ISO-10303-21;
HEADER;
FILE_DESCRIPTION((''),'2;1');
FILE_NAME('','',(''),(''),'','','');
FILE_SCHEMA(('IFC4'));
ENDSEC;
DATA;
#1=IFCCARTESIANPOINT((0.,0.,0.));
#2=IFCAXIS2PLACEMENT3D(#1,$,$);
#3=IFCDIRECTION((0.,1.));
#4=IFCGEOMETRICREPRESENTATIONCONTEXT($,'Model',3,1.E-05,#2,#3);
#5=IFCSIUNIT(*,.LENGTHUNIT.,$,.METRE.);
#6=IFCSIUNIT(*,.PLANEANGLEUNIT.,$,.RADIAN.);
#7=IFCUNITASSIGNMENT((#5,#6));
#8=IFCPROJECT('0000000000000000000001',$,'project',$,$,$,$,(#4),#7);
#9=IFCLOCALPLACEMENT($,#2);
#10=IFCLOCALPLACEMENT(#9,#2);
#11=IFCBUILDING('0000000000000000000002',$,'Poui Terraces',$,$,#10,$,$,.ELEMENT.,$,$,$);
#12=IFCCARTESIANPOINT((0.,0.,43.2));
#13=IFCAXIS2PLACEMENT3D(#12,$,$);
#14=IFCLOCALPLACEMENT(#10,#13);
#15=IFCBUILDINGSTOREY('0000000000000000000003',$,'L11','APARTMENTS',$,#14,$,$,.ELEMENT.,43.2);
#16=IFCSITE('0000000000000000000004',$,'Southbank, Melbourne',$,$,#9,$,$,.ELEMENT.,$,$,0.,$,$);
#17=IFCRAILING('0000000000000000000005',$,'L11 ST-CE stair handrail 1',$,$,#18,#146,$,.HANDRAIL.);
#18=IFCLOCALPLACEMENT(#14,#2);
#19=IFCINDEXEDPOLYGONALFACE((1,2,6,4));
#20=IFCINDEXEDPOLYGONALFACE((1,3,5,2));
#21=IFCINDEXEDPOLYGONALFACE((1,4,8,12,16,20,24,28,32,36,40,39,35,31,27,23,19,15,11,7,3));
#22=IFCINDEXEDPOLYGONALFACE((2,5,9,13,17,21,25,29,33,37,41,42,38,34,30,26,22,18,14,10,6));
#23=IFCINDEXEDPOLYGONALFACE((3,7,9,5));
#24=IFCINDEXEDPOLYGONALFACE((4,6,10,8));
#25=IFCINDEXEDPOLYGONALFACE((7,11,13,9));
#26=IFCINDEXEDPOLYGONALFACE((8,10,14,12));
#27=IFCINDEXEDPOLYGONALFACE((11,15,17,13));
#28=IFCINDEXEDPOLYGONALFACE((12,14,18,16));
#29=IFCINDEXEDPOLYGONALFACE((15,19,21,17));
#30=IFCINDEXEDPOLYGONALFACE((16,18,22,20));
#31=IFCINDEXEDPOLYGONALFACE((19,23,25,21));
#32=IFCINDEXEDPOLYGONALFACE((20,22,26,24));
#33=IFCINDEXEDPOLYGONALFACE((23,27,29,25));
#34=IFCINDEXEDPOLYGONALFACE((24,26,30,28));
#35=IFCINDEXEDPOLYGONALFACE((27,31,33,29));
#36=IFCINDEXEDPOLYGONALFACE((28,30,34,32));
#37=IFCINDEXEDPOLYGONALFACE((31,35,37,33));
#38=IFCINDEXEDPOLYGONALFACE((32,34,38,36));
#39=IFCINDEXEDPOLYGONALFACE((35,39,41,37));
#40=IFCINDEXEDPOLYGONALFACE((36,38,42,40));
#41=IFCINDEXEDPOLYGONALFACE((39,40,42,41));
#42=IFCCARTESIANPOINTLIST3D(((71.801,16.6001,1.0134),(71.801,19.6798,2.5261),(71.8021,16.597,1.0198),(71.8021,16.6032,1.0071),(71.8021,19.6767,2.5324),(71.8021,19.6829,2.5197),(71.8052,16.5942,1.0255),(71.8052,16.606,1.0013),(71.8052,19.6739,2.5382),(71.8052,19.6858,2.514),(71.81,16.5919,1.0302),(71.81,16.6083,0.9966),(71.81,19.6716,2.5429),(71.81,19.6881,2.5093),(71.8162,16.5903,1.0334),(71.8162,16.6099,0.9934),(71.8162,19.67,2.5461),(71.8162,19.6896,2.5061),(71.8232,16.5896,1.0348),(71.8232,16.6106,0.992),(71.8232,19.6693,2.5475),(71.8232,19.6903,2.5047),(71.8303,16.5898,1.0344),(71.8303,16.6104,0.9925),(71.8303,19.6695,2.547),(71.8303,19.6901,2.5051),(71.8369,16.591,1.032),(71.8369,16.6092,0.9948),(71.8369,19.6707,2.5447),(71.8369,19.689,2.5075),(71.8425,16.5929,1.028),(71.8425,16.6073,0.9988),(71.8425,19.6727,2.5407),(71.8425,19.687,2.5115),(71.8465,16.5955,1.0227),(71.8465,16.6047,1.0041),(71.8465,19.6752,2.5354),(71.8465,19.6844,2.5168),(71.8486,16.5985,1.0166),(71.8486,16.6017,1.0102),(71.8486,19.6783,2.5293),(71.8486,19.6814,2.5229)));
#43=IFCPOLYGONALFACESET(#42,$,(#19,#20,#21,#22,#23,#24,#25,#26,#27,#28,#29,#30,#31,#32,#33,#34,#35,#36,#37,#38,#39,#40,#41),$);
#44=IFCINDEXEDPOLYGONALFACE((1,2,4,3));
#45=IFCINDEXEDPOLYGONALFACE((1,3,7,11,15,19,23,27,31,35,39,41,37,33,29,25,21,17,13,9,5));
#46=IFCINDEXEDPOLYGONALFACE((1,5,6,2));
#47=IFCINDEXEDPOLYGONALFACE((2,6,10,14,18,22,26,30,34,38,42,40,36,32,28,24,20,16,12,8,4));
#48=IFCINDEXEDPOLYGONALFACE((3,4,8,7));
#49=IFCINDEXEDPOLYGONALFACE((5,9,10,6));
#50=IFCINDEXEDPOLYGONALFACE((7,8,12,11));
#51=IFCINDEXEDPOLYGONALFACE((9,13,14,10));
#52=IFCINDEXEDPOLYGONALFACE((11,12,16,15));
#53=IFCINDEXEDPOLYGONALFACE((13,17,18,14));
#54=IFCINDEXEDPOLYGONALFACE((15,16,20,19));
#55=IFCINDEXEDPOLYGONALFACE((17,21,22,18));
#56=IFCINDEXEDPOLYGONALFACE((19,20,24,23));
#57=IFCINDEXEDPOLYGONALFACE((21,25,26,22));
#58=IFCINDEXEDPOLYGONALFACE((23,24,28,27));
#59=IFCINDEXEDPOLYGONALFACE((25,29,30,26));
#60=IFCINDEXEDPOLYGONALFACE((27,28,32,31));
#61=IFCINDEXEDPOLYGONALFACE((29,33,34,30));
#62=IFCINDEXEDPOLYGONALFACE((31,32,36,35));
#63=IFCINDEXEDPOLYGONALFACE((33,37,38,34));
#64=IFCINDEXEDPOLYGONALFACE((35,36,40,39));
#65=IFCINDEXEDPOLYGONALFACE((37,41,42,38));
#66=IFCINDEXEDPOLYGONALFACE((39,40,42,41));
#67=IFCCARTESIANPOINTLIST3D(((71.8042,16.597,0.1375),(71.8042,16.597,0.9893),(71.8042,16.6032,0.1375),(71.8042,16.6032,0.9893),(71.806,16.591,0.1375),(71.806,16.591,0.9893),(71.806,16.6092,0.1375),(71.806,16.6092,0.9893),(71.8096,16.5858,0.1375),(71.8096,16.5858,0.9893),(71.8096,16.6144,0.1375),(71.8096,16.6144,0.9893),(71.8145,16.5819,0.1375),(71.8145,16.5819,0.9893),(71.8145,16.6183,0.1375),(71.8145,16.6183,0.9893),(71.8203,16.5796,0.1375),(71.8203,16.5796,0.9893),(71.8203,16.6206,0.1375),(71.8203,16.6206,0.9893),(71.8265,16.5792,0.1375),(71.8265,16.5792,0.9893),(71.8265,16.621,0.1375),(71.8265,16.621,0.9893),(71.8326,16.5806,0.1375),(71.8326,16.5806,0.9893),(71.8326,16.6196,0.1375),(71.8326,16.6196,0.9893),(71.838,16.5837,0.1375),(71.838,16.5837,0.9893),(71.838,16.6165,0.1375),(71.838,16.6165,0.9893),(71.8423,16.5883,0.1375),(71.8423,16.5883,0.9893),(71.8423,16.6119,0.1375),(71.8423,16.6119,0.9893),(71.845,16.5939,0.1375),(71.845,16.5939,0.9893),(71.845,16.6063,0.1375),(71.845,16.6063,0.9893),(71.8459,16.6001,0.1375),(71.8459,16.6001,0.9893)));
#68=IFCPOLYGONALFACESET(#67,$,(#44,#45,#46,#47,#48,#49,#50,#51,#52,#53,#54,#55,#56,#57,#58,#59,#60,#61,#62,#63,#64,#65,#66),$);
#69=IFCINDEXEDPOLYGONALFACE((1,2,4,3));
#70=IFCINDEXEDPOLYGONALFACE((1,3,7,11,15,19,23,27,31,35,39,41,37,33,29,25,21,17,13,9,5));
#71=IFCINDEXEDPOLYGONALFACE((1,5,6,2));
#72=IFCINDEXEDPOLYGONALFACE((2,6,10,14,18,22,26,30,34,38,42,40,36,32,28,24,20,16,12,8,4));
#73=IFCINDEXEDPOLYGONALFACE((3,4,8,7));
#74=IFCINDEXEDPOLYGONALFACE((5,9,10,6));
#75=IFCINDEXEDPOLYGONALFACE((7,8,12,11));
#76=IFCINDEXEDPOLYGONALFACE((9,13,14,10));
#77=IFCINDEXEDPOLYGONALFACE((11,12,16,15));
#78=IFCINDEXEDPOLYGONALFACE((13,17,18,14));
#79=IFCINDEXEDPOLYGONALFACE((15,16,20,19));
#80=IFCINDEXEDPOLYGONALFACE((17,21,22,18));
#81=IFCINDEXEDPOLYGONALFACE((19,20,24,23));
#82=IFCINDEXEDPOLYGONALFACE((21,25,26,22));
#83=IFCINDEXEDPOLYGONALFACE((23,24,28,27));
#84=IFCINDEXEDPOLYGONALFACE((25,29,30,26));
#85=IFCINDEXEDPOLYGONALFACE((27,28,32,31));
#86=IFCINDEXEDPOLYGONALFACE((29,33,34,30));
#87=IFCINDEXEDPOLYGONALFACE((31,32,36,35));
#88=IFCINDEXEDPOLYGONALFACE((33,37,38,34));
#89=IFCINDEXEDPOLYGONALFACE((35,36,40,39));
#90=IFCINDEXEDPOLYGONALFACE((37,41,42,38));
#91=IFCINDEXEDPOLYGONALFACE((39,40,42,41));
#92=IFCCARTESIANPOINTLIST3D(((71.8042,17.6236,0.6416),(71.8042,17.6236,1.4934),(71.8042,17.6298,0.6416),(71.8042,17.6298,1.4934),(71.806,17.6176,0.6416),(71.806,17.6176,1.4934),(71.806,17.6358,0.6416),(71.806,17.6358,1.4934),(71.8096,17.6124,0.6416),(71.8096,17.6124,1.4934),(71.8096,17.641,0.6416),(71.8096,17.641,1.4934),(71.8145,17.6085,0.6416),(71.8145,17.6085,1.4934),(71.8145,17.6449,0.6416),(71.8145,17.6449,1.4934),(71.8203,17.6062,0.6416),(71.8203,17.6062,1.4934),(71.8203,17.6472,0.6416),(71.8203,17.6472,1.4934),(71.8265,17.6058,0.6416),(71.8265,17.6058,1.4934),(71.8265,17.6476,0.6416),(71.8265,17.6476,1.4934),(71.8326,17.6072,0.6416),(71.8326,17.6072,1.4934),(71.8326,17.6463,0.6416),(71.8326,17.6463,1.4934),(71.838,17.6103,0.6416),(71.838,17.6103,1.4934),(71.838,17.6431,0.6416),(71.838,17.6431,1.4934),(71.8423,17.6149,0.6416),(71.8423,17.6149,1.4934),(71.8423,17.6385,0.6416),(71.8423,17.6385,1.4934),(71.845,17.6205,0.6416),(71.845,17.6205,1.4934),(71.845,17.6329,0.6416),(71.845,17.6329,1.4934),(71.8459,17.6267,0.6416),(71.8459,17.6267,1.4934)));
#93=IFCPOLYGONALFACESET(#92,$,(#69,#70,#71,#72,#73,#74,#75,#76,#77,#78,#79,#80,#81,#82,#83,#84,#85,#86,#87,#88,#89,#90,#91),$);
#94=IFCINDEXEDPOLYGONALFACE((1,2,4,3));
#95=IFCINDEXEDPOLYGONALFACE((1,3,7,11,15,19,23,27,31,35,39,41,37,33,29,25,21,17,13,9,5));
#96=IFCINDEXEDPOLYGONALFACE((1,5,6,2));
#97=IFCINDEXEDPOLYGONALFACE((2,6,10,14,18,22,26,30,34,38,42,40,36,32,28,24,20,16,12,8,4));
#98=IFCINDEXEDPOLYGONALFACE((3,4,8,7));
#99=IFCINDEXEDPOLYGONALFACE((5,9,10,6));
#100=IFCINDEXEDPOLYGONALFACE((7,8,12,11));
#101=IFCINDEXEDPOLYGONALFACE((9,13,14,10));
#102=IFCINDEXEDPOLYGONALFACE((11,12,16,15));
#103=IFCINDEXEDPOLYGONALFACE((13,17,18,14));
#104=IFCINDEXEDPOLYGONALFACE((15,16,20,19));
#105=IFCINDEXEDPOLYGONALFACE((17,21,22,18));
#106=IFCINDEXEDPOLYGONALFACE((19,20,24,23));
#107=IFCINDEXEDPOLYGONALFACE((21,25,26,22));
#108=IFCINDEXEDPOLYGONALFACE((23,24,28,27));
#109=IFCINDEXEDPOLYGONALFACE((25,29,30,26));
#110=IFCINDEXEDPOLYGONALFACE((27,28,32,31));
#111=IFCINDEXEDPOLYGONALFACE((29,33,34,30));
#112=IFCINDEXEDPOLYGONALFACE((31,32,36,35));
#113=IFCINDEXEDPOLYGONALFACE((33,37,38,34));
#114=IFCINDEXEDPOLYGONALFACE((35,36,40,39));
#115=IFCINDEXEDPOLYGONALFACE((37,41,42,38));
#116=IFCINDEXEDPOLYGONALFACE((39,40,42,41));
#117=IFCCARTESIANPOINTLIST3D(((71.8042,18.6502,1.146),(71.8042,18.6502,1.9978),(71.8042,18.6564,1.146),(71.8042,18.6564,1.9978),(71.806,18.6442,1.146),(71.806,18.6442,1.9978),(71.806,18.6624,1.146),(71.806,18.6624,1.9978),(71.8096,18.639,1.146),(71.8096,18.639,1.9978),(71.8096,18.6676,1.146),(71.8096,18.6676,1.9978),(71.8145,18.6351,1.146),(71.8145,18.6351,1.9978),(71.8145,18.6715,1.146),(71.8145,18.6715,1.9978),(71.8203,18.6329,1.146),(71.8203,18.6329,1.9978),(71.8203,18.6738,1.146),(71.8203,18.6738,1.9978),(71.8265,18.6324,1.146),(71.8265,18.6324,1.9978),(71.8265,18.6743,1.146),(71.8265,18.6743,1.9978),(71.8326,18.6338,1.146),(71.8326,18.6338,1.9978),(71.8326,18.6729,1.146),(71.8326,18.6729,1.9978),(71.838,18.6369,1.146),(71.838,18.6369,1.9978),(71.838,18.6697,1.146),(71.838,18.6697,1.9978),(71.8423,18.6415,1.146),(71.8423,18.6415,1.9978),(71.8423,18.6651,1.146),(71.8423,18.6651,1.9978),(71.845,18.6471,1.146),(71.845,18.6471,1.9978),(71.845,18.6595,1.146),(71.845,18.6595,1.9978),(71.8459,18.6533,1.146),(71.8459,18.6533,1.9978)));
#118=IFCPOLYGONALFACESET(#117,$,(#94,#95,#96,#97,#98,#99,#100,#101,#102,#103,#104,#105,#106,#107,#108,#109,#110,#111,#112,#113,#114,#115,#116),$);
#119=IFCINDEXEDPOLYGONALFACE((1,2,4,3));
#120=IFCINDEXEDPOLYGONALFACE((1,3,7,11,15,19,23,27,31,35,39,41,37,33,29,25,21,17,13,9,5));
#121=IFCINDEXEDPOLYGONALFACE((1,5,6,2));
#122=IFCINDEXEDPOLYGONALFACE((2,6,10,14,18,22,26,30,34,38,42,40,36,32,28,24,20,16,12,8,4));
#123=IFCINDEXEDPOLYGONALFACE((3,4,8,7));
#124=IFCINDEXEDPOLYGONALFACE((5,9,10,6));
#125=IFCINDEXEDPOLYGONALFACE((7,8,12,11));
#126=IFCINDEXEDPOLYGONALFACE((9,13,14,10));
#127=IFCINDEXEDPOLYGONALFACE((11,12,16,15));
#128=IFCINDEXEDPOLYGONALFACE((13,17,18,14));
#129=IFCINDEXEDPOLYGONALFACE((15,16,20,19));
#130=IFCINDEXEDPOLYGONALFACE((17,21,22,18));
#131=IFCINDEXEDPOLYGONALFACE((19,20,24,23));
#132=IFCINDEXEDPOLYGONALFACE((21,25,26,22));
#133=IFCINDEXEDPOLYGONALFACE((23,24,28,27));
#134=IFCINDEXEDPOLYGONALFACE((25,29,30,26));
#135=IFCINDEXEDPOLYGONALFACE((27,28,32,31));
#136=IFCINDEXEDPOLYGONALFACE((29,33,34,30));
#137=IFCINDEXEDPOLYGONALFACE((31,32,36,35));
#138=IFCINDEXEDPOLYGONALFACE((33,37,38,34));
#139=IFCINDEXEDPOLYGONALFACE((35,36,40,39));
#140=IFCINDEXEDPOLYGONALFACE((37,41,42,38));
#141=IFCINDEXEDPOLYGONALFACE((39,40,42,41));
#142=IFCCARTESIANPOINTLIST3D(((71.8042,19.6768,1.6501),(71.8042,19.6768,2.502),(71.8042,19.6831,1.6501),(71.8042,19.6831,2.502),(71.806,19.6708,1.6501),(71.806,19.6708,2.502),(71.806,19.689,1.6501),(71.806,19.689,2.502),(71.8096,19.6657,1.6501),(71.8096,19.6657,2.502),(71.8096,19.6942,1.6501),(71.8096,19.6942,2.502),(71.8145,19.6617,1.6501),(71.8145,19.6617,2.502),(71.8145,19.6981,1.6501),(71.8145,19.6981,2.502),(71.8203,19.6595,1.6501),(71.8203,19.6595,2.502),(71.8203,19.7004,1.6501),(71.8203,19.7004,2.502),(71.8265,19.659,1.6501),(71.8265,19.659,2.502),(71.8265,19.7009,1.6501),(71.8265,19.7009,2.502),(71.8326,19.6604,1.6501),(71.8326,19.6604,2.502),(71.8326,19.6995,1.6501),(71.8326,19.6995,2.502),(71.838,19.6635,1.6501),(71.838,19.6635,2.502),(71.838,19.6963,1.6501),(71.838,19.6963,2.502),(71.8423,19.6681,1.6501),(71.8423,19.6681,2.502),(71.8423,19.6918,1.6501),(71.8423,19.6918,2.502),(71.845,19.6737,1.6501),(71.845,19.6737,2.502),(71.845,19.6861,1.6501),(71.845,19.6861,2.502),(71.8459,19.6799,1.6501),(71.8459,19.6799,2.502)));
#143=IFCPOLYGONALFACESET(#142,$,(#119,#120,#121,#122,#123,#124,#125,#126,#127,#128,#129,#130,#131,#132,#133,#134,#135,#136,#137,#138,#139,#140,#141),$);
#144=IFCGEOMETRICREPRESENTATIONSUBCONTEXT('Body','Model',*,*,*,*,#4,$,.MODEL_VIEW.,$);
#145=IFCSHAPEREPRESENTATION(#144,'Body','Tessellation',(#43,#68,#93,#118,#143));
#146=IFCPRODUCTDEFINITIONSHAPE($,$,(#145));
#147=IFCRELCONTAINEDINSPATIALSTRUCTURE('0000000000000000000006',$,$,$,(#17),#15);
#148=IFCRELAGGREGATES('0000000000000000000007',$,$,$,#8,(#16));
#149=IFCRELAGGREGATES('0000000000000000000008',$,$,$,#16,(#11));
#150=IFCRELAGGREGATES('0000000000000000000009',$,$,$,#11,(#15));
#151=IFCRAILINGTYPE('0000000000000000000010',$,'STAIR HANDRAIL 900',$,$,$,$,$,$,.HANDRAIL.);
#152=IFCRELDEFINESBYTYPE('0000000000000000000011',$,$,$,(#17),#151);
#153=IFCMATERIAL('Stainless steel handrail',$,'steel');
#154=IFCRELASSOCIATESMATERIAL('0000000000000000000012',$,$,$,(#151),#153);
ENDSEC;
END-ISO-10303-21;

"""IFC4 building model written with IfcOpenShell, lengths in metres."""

from ifc_helpers import new_model, si_unit, direction, frame, origin, origin_2d, place, context, subcontext, project, spatial, circle, extrude, material, type_object, element, save


model = new_model("IFC4")

# Units and contexts
model_context = context("Model", 3, precision=1e-05, world=origin(), true_north=direction((0.0, 1.0)))
body_context = subcontext(model_context, "Body", "Model", "MODEL_VIEW")
ifc_project = project(units=[si_unit("LENGTHUNIT", "METRE"), si_unit("PLANEANGLEUNIT", "RADIAN")], contexts=[model_context])

# Site, building, storey
site_placement = place(None, origin())
site = spatial("IfcSite", under=ifc_project, at=site_placement, Name="Southbank, Melbourne", CompositionType="ELEMENT", RefElevation=0.0)
building_placement = place(site_placement, origin())
building = spatial("IfcBuilding", under=site, at=building_placement, Name="Poui Terraces", CompositionType="ELEMENT")
storey_placement = place(building_placement, frame((0.0, 0.0, 43.2)))
storey = spatial("IfcBuildingStorey", under=building, at=storey_placement, Name="L11", Description="APARTMENTS", CompositionType="ELEMENT", Elevation=43.2)

# Railing
ifc_material_1 = material(Name="Stainless steel handrail", Category="steel")
railing_type_1 = type_object("IfcRailingType", Name="STAIR HANDRAIL 900", PredefinedType="HANDRAIL", material=ifc_material_1)
railing_1_placement = place(storey_placement, frame((71.825, 16.6001, 0.1375)))
element("IfcRailing", 1, at=railing_1_placement, inside=storey, type_object=railing_type_1, Name="L11 ST-CE stair handrail 1", PredefinedType="HANDRAIL", context=body_context, shape_type="SweptSolid", body=[
    extrude(circle(Radius=0.0239, at=origin_2d()), frame((0.0, 0.0, 0.876), z_axis=(0.0, 0.897578, 0.440856), x_axis=(-1.0, 0.0, 0.0)), (0.0, 0.0, 1.0), 3.4312),
    extrude(circle(Radius=0.021, at=origin_2d()), origin(), (0.0, 0.0, 1.0), 0.8518),
    extrude(circle(Radius=0.021, at=origin_2d()), frame((0.0, 1.0266, 0.5042)), (0.0, 0.0, 1.0), 0.8518),
    extrude(circle(Radius=0.021, at=origin_2d()), frame((0.0, 2.0532, 1.0085)), (0.0, 0.0, 1.0), 0.8518),
    extrude(circle(Radius=0.021, at=origin_2d()), frame((0.0, 3.0798, 1.5127)), (0.0, 0.0, 1.0), 0.8518),
])

save(model, "model.ifc")
